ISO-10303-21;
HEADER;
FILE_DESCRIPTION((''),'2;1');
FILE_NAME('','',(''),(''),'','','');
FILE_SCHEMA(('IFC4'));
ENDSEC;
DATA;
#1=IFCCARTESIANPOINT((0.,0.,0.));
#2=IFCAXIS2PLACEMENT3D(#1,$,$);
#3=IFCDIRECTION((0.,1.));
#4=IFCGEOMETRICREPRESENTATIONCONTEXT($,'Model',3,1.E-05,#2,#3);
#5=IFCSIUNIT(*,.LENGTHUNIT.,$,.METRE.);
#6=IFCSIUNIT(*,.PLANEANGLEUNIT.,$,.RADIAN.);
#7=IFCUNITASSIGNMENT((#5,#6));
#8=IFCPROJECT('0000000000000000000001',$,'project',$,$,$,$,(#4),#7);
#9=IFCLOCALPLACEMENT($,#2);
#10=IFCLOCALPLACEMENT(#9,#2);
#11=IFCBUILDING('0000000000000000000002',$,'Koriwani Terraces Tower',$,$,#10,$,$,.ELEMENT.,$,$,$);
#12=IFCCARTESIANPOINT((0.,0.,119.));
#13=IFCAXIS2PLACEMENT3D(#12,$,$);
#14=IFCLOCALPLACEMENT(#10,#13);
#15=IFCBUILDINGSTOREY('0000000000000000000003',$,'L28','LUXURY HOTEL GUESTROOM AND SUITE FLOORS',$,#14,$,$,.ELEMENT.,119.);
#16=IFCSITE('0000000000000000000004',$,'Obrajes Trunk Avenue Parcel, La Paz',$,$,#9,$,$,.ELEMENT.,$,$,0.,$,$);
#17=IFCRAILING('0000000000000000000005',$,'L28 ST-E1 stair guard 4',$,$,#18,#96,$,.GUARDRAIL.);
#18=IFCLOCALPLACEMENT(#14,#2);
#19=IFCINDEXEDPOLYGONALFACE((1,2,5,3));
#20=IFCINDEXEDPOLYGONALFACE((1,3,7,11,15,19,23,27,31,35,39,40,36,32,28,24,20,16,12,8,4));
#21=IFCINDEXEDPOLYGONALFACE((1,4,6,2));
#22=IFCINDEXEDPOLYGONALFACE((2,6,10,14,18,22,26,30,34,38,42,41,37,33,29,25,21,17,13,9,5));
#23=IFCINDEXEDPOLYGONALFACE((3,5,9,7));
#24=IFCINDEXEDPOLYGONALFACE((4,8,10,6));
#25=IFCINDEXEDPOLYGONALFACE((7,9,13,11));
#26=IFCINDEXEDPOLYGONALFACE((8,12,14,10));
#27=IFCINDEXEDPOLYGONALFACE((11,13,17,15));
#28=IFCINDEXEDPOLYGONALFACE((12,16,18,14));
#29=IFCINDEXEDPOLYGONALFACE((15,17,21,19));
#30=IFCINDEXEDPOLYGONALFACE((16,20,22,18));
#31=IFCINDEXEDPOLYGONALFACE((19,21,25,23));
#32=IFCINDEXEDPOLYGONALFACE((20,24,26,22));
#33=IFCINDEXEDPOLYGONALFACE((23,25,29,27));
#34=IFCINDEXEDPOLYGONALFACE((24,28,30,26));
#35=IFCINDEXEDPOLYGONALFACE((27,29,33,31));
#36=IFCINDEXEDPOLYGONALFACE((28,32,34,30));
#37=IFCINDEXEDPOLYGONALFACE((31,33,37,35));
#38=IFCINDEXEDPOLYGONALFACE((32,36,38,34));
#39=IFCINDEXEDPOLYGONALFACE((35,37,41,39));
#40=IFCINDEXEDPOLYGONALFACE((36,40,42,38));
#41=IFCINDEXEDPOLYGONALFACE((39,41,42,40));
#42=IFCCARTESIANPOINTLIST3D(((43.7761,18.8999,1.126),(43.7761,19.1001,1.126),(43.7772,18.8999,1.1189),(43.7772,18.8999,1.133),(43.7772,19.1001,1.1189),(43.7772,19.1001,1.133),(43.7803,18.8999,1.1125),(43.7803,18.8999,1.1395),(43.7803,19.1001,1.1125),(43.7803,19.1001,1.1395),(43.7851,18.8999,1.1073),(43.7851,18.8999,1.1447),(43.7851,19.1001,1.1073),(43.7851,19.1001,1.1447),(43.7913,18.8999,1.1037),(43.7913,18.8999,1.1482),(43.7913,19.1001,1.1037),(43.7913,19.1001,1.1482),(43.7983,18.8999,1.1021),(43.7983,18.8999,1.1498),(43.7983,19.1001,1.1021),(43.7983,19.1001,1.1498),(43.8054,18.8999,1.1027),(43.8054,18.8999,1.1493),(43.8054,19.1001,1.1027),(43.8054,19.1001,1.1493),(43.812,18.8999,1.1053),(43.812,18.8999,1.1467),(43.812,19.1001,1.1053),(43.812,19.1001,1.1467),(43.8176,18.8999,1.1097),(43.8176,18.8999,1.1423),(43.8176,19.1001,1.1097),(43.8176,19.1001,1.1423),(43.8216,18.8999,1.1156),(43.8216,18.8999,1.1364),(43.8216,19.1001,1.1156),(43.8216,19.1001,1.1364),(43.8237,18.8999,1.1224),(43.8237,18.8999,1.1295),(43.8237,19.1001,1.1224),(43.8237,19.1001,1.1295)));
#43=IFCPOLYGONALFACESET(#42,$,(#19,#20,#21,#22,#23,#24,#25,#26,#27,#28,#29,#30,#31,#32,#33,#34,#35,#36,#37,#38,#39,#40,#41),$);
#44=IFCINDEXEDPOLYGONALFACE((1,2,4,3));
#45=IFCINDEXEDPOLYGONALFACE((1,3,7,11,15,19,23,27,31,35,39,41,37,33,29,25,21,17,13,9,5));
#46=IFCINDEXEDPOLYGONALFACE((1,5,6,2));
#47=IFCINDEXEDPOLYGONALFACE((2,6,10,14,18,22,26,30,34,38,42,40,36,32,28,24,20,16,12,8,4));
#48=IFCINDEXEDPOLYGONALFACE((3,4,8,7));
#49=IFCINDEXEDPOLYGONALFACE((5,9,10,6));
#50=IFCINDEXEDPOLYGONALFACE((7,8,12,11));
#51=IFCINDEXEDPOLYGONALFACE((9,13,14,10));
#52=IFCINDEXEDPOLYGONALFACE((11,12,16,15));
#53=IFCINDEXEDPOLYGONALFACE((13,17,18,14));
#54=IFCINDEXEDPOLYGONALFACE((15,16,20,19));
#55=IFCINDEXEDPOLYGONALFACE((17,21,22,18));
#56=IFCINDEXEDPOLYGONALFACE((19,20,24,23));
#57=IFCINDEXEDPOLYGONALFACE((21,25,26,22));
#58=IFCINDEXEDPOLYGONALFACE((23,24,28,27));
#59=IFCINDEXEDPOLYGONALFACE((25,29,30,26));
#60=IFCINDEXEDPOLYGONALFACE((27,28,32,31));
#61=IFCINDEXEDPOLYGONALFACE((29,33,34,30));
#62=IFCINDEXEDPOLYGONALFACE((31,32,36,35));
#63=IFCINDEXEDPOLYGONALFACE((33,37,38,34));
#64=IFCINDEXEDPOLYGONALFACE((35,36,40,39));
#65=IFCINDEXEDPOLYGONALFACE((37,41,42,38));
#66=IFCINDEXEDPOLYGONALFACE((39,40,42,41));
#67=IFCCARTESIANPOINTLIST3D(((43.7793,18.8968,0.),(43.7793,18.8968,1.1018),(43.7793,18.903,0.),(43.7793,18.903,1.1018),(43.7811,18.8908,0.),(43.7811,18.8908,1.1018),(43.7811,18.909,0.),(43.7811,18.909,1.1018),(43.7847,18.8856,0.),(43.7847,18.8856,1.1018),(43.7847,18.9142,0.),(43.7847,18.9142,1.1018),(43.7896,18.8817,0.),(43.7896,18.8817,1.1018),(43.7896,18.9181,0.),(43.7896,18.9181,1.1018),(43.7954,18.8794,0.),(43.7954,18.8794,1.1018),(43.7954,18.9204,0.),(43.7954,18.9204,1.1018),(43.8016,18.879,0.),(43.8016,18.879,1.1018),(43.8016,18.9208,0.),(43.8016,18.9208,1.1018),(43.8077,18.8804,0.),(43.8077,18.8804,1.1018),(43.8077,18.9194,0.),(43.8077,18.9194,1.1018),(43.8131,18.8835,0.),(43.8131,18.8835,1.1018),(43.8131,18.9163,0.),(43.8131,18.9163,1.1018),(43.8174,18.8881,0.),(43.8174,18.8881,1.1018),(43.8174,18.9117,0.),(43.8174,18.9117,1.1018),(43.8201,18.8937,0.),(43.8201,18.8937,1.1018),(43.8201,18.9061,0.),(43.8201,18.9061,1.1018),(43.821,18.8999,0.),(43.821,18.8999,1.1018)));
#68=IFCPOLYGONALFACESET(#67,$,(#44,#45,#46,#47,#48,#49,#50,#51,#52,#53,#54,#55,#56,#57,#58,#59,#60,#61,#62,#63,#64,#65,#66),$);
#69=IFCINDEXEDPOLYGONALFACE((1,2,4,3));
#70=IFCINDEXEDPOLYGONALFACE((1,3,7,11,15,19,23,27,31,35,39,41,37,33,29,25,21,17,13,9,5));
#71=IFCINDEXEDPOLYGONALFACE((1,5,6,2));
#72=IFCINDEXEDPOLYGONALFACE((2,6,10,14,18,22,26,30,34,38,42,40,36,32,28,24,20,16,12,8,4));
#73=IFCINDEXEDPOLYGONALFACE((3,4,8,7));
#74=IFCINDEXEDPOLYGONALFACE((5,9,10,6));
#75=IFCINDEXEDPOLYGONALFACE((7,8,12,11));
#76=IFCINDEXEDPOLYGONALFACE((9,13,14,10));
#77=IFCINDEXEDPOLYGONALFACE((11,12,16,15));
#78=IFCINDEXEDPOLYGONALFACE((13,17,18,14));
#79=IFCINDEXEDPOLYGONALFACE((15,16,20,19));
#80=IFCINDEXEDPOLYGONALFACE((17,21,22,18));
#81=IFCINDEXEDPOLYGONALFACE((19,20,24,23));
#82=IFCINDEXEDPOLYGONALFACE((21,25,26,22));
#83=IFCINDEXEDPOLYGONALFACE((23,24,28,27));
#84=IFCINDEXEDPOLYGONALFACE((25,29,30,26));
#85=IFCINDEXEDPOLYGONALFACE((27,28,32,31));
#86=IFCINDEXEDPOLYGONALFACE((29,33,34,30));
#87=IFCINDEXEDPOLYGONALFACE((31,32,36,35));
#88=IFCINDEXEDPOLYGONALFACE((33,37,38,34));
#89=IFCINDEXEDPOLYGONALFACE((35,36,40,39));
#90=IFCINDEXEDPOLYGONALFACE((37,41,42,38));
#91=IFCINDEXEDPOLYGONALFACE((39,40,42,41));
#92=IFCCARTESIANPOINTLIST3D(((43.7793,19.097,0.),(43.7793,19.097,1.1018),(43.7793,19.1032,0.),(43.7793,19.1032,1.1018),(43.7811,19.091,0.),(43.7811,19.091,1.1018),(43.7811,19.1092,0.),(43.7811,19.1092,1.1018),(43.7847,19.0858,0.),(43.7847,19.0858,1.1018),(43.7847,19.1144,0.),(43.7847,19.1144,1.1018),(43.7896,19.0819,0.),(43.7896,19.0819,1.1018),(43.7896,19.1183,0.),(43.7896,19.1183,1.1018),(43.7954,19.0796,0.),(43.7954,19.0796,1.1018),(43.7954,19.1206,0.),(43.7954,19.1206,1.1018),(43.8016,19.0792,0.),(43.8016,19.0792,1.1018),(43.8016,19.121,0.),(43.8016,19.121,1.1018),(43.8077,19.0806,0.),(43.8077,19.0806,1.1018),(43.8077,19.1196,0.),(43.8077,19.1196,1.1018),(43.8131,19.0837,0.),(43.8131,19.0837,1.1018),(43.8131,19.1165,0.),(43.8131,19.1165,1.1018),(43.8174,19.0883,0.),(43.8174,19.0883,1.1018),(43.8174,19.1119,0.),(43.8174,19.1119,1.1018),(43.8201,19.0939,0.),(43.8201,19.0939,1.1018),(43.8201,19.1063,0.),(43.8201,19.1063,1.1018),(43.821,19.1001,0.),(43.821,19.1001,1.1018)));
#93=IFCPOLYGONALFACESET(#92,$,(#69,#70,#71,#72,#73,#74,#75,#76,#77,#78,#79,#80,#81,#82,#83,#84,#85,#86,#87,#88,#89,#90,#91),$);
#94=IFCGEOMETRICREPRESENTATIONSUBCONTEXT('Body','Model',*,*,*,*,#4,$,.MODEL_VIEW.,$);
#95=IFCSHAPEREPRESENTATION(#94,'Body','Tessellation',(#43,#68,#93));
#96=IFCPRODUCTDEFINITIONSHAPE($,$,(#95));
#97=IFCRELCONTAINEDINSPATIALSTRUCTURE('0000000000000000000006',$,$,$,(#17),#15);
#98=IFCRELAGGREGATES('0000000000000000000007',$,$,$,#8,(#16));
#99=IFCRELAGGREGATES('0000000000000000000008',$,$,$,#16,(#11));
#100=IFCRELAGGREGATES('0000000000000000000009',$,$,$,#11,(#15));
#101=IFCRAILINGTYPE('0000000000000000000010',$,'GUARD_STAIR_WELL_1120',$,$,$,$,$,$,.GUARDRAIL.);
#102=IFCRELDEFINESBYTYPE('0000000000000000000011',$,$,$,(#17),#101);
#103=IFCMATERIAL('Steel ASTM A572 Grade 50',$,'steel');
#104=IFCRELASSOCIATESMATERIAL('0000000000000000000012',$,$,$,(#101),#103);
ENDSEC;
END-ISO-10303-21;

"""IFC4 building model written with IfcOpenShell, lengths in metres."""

from ifc_helpers import new_model, si_unit, direction, frame, origin, origin_2d, place, context, subcontext, project, spatial, circle, extrude, material, type_object, element, save


model = new_model("IFC4")

# Units and contexts
model_context = context("Model", 3, precision=1e-05, world=origin(), true_north=direction((0.0, 1.0)))
body_context = subcontext(model_context, "Body", "Model", "MODEL_VIEW")
ifc_project = project(units=[si_unit("LENGTHUNIT", "METRE"), si_unit("PLANEANGLEUNIT", "RADIAN")], contexts=[model_context])

# Site, building, storey
site_placement = place(None, origin())
site = spatial("IfcSite", under=ifc_project, at=site_placement, Name="Obrajes Trunk Avenue Parcel, La Paz", CompositionType="ELEMENT", RefElevation=0.0)
building_placement = place(site_placement, origin())
building = spatial("IfcBuilding", under=site, at=building_placement, Name="Koriwani Terraces Tower", CompositionType="ELEMENT")
storey_placement = place(building_placement, frame((0.0, 0.0, 119.0)))
storey = spatial("IfcBuildingStorey", under=building, at=storey_placement, Name="L28", Description="LUXURY HOTEL GUESTROOM AND SUITE FLOORS", CompositionType="ELEMENT", Elevation=119.0)

# Shared definitions
ifc_material_1 = material(Name="Steel ASTM A572 Grade 50", Category="steel")

# Railing
railing_type_1 = type_object("IfcRailingType", Name="GUARD_STAIR_WELL_1120", PredefinedType="GUARDRAIL", material=ifc_material_1)
railing_1_placement = place(storey_placement, frame((43.8, 18.8999, 0.0)))
element("IfcRailing", 1, at=railing_1_placement, inside=storey, type_object=railing_type_1, Name="L28 ST-E1 stair guard 4", PredefinedType="GUARDRAIL", context=body_context, shape_type="SweptSolid", body=[
    extrude(circle(Radius=0.0239, at=origin_2d()), frame((0.0, 0.0, 1.126), z_axis=(0.0, 1.0, 0.0), x_axis=(-1.0, 0.0, 0.0)), (0.0, 0.0, 1.0), 0.2002),
    extrude(circle(Radius=0.021, at=origin_2d()), origin(), (0.0, 0.0, 1.0), 1.1018),
    extrude(circle(Radius=0.021, at=origin_2d()), frame((0.0, 0.2002, 0.0)), (0.0, 0.0, 1.0), 1.1018),
])

save(model, "model.ifc")
